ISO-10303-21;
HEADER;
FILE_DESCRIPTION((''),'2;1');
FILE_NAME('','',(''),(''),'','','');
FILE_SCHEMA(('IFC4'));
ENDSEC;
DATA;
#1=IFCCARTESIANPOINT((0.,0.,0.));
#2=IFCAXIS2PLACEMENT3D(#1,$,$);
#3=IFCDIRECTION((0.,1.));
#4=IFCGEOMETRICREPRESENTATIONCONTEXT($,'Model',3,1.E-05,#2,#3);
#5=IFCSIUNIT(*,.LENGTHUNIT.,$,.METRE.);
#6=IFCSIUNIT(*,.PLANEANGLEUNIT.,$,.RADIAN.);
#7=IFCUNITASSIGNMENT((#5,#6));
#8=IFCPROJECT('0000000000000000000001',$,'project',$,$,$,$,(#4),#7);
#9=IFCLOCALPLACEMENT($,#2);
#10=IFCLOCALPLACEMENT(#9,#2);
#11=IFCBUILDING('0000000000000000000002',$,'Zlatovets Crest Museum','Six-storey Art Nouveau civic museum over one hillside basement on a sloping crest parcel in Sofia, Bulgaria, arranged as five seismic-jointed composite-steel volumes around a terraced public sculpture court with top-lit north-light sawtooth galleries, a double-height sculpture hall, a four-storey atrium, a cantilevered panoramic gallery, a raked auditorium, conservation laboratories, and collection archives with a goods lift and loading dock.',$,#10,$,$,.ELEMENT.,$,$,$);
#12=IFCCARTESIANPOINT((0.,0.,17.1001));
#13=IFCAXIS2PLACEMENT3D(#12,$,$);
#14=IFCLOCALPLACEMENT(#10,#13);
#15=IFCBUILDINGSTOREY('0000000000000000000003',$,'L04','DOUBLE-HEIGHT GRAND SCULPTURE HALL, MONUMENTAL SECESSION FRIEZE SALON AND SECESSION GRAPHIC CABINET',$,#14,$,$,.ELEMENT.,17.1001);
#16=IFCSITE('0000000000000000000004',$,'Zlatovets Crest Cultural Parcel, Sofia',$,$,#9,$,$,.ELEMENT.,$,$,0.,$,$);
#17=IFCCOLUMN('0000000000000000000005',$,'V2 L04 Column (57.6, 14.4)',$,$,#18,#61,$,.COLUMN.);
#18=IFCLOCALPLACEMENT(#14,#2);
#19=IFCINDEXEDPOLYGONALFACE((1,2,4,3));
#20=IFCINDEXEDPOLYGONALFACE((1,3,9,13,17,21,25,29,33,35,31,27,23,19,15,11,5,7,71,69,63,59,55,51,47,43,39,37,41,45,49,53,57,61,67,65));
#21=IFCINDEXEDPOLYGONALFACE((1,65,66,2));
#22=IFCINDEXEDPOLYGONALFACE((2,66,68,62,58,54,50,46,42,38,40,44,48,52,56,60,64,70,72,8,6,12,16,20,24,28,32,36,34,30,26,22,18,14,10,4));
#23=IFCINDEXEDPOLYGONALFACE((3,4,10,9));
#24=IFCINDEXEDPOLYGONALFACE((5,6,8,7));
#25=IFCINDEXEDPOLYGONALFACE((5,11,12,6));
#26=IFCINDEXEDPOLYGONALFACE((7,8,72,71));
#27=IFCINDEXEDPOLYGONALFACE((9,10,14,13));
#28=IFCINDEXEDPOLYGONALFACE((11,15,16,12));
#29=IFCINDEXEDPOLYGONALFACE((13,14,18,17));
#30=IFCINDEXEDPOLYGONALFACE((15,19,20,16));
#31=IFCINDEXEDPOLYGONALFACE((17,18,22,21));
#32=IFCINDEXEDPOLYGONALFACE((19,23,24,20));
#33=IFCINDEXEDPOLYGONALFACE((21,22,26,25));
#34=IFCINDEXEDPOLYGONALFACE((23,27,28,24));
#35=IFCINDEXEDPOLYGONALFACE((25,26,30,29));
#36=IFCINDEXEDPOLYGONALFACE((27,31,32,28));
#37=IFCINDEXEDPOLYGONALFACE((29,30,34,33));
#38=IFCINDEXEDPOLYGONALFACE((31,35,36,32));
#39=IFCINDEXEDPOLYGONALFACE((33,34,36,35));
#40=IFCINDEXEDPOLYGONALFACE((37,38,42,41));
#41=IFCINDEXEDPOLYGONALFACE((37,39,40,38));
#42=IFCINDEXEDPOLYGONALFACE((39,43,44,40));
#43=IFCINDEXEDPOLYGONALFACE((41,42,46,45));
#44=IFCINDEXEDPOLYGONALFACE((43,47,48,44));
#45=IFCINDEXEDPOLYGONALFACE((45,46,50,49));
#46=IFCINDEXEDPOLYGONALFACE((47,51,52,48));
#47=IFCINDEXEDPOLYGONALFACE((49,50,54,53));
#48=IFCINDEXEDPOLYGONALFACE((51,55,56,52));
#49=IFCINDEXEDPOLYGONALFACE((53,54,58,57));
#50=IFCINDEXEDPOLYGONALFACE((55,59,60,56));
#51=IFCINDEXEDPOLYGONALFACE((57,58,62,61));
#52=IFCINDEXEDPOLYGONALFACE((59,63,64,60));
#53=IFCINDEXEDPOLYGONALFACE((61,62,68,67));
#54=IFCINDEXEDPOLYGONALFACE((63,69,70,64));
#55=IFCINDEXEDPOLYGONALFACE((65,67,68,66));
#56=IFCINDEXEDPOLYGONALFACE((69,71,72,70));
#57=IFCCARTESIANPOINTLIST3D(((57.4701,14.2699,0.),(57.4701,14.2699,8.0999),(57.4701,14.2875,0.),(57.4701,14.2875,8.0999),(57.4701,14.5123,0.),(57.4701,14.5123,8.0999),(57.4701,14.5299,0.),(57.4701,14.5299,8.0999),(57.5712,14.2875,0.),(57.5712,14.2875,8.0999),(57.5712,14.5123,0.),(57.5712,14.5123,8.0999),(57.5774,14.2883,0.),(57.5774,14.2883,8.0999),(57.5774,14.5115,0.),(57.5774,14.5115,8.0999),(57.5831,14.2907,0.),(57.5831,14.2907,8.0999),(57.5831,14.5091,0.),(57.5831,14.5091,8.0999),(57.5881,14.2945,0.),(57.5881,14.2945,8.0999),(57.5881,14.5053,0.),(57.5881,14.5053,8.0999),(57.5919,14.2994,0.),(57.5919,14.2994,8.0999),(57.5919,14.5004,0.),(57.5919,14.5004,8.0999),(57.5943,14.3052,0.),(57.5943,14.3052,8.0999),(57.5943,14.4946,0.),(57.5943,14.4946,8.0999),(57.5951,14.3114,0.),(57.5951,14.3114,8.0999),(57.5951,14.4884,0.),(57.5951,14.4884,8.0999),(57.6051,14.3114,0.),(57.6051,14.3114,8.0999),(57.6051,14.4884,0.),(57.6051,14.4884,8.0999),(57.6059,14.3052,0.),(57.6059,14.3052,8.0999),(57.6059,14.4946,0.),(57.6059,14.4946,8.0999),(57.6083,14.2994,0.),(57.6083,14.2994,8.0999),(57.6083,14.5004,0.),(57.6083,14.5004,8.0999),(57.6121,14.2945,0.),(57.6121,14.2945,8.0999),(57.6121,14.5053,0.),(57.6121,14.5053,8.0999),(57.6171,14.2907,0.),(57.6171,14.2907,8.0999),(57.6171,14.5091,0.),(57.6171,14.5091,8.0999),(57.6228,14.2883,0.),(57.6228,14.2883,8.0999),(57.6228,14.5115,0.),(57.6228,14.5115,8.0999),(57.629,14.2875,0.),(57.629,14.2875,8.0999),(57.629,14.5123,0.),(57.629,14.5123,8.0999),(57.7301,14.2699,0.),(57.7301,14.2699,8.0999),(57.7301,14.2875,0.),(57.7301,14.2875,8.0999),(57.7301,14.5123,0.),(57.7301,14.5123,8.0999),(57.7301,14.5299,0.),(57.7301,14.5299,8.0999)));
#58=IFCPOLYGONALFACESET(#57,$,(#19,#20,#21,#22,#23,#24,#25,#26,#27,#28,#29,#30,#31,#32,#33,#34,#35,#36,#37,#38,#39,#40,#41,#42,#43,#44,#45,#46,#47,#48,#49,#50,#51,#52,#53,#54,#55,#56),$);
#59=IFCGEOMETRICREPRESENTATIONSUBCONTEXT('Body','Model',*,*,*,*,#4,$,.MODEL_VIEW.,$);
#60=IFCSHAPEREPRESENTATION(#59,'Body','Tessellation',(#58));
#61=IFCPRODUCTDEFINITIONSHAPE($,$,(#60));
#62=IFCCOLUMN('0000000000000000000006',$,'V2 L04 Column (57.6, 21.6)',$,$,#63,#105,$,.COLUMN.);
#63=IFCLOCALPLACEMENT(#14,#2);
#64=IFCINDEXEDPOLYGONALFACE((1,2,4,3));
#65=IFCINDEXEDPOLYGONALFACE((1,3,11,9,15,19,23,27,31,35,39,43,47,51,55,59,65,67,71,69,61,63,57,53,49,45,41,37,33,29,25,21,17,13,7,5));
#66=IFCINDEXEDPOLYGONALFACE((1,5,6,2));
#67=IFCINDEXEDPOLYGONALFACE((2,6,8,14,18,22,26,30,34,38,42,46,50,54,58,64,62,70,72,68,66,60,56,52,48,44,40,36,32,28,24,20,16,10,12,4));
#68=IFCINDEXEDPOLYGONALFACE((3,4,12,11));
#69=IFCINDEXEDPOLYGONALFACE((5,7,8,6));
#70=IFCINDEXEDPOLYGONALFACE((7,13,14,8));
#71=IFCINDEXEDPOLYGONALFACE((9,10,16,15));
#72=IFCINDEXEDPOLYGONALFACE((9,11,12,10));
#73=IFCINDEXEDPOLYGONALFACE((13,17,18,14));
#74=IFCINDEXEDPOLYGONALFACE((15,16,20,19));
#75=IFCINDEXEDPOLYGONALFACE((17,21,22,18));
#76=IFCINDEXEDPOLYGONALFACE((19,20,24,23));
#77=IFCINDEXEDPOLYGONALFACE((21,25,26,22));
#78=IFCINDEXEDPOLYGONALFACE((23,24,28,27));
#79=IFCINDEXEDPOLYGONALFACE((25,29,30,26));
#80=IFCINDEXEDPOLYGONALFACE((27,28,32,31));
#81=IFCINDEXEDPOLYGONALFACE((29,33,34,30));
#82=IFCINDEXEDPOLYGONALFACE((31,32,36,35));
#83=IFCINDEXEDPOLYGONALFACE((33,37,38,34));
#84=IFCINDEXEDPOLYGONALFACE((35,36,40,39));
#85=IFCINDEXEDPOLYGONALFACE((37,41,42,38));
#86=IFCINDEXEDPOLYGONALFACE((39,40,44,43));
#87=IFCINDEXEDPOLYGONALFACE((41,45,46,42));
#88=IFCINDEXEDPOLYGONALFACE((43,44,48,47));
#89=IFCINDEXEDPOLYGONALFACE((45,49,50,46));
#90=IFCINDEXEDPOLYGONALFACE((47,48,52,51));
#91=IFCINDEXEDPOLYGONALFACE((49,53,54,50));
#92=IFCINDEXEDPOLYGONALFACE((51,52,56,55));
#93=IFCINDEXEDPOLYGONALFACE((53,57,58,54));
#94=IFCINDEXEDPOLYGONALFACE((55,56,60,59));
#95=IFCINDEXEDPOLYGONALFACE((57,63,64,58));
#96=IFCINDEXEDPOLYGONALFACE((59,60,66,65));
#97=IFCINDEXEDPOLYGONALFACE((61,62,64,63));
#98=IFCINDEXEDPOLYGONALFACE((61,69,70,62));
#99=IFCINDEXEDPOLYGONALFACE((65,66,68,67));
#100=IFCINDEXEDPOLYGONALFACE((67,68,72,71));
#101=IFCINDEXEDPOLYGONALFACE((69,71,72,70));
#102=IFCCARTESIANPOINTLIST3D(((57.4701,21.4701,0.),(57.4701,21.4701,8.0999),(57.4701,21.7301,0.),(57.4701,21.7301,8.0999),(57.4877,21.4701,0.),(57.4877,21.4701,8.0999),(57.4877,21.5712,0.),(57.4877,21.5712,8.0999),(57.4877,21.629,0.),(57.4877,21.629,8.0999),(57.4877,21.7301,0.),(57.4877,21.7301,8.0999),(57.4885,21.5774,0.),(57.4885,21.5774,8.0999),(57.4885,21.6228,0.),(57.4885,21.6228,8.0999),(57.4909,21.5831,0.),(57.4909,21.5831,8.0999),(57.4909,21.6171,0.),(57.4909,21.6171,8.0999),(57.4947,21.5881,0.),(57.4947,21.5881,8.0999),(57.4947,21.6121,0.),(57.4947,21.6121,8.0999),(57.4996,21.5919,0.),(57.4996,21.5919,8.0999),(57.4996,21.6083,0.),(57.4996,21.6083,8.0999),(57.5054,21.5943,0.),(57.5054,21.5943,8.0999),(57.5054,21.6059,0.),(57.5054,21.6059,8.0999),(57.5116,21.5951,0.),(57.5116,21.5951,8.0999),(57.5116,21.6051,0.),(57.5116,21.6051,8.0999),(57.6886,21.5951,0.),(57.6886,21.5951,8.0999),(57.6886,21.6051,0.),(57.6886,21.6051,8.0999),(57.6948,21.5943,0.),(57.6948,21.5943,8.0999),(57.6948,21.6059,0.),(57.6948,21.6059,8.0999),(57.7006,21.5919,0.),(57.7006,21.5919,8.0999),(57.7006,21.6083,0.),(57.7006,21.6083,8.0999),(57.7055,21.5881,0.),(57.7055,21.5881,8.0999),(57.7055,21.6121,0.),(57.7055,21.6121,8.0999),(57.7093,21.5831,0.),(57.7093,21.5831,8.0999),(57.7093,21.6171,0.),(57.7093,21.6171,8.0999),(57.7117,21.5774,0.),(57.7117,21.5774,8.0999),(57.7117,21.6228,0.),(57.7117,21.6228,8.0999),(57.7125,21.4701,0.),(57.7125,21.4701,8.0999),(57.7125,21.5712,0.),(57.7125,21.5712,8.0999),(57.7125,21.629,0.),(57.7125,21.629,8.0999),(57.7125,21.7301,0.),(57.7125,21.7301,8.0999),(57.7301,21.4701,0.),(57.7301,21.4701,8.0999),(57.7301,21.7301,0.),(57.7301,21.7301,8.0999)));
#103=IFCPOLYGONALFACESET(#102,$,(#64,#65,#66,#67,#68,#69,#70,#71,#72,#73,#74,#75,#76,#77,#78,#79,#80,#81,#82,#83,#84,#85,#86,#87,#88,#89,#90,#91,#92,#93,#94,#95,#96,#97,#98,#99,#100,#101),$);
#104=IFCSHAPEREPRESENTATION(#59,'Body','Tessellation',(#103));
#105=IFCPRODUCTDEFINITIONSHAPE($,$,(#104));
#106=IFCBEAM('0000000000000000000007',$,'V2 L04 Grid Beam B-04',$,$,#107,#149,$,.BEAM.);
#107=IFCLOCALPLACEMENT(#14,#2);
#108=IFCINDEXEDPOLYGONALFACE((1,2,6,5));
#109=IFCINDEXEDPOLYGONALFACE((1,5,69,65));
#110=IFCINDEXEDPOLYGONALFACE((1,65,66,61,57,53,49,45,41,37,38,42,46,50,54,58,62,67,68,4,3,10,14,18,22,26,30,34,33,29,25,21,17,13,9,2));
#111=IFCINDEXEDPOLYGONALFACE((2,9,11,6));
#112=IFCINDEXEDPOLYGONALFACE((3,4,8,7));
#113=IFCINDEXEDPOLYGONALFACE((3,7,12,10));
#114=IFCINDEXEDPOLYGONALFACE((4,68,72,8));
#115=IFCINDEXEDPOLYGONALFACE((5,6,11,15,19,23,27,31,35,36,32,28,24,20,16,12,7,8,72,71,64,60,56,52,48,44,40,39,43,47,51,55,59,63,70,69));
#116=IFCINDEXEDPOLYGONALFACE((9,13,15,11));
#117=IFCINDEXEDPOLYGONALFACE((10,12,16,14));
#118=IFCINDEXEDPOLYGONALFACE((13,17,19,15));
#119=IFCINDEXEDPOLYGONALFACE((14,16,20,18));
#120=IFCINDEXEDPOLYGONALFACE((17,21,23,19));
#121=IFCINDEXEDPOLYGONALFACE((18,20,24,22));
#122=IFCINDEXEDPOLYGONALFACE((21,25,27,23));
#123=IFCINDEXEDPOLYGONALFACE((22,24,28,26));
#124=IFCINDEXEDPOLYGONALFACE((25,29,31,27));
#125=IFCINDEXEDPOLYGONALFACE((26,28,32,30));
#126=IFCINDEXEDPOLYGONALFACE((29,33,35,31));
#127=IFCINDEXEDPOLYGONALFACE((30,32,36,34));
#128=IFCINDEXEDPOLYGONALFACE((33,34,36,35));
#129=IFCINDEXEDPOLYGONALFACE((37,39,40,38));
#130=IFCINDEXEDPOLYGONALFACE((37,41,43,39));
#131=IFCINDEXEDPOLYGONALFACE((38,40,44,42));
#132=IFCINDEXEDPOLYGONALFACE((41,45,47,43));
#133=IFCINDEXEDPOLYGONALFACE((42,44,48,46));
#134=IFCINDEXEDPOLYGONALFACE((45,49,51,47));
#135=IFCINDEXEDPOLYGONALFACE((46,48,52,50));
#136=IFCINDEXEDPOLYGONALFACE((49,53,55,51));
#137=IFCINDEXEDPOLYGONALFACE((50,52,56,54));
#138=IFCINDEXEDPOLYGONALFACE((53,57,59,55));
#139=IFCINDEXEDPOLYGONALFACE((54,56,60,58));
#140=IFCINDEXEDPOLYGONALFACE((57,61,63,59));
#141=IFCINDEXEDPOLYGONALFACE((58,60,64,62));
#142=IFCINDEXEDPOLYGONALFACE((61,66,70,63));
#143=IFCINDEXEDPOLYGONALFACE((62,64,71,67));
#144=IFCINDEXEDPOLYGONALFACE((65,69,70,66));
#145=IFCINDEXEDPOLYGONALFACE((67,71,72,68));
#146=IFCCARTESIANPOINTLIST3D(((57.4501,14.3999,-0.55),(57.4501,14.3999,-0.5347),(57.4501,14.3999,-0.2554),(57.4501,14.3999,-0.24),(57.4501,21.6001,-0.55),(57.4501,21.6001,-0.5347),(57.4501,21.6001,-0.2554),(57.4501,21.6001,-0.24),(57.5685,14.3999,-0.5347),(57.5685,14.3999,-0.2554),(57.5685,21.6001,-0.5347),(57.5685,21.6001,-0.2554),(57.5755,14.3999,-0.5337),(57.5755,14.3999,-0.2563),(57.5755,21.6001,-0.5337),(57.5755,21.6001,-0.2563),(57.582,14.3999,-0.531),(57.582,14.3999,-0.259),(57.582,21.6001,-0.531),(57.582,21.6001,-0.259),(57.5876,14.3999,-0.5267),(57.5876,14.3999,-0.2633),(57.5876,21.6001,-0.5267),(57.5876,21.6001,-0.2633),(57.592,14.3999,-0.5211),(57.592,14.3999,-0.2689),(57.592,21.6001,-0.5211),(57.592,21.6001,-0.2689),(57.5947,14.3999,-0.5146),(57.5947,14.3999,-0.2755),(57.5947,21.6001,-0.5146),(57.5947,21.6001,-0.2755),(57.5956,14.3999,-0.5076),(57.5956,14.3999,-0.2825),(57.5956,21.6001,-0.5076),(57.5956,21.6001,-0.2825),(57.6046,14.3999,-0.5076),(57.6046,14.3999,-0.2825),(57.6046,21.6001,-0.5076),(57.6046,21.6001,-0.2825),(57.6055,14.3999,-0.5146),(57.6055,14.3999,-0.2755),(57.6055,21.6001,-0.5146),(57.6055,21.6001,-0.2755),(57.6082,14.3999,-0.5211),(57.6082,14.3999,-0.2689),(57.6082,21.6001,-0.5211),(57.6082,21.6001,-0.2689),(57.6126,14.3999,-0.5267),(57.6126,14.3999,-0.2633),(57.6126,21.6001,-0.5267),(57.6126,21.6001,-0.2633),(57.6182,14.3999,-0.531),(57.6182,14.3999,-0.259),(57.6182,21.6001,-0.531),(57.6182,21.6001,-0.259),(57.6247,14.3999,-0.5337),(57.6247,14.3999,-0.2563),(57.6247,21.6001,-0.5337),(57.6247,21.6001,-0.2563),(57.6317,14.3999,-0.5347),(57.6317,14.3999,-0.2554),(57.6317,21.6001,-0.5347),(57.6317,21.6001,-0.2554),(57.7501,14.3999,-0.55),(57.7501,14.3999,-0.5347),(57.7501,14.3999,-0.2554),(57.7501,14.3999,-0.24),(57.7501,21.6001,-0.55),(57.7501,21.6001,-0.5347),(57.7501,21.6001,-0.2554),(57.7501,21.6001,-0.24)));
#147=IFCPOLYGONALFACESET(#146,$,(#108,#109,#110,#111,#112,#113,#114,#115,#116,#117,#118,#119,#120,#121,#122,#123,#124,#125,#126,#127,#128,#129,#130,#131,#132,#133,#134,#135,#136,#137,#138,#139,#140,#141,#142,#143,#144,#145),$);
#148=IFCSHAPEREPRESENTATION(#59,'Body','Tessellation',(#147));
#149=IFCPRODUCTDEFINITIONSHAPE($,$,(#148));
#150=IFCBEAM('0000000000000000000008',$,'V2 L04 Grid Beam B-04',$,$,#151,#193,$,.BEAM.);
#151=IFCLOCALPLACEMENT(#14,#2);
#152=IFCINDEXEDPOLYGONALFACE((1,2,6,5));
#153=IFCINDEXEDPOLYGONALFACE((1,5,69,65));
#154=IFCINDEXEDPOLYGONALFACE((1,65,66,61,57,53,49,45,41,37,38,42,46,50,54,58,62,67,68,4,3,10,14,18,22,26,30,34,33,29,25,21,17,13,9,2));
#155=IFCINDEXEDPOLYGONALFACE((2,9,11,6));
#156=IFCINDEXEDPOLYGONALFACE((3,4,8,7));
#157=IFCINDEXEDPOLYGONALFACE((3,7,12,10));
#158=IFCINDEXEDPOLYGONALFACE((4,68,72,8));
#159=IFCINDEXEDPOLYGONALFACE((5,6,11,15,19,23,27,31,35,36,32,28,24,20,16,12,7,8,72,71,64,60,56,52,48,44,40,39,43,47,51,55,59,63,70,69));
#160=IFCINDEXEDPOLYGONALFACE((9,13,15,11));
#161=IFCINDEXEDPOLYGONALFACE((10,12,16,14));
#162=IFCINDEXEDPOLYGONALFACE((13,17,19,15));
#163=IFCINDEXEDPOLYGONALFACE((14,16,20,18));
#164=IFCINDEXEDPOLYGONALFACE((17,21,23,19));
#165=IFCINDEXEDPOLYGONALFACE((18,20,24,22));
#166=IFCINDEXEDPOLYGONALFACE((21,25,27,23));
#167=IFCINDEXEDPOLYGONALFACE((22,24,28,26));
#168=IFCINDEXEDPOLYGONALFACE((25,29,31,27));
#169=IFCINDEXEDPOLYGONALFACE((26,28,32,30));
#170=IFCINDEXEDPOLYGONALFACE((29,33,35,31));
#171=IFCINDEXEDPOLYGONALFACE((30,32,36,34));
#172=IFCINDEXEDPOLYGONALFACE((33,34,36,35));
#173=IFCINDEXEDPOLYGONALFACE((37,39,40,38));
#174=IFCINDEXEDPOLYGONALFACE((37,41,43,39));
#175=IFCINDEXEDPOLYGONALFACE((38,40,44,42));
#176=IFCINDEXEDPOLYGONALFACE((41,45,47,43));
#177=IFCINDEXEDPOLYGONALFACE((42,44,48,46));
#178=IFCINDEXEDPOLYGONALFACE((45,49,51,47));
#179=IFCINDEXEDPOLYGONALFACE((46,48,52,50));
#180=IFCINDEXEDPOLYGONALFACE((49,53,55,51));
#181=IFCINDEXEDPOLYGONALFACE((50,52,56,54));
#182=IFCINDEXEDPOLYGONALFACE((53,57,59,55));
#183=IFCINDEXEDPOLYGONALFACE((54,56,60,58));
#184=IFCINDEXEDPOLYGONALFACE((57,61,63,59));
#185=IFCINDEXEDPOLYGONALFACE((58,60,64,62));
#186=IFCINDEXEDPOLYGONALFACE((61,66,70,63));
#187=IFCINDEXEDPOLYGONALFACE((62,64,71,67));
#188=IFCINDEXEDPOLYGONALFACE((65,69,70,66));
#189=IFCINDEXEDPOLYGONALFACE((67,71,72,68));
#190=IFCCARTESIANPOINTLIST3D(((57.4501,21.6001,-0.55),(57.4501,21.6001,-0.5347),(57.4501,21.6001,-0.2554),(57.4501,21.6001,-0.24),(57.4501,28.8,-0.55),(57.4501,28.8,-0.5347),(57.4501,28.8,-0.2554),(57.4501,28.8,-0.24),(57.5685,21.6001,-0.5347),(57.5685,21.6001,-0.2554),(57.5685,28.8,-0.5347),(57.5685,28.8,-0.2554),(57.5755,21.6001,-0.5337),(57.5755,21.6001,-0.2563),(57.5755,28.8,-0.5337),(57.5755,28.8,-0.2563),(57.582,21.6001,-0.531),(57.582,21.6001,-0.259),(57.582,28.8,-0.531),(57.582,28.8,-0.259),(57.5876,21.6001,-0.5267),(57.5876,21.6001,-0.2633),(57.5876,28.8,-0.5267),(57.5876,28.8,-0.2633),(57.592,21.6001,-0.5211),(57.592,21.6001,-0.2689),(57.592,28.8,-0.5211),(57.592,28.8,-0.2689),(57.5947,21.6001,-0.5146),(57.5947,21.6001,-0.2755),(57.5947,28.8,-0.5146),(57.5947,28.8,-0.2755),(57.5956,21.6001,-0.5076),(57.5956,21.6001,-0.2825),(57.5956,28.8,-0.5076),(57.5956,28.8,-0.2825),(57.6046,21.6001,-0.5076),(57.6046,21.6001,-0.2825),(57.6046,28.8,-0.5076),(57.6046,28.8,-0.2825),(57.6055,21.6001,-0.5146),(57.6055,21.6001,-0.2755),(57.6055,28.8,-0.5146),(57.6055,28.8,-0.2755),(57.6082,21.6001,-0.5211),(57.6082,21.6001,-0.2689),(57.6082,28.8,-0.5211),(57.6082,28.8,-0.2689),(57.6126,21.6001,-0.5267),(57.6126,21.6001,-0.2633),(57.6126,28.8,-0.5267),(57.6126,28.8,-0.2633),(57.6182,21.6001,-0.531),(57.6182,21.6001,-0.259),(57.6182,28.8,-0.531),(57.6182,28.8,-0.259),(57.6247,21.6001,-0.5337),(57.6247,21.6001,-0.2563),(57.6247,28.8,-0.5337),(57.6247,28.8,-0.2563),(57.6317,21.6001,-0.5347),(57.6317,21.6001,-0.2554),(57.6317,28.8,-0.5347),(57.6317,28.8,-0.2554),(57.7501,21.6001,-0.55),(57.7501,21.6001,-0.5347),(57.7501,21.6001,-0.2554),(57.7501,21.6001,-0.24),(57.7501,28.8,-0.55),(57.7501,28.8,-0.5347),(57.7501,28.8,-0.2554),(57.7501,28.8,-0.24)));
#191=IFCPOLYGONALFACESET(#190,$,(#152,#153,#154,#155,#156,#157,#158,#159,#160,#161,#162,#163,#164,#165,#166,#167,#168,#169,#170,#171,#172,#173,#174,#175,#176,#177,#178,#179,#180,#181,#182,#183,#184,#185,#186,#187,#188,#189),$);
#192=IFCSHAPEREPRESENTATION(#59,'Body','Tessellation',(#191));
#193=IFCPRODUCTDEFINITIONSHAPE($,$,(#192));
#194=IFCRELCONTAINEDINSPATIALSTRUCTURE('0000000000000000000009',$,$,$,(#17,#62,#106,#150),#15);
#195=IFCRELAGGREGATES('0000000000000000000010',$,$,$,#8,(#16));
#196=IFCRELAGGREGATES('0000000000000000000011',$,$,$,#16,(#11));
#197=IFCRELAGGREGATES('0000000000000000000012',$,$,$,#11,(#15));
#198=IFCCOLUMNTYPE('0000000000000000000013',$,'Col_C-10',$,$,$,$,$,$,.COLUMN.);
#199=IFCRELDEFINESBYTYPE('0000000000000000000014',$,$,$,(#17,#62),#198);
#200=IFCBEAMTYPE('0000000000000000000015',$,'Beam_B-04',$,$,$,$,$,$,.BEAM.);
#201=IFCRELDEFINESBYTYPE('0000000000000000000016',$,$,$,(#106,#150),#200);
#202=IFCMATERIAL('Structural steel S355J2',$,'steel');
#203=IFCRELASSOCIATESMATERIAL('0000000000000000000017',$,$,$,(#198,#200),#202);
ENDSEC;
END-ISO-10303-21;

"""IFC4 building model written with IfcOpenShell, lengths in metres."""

from ifc_helpers import new_model, si_unit, direction, frame, origin, origin_2d, place, context, subcontext, project, spatial, i_section, extrude, material, material_profile, profile_set, type_object, element, save


model = new_model("IFC4")

# Units and contexts
model_context = context("Model", 3, precision=1e-05, world=origin(), true_north=direction((0.0, 1.0)))
body_context = subcontext(model_context, "Body", "Model", "MODEL_VIEW")
ifc_project = project(units=[si_unit("LENGTHUNIT", "METRE"), si_unit("PLANEANGLEUNIT", "RADIAN")], contexts=[model_context])

# Site, building, storey
site_placement = place(None, origin())
site = spatial("IfcSite", under=ifc_project, at=site_placement, Name="Zlatovets Crest Cultural Parcel, Sofia", CompositionType="ELEMENT", RefElevation=0.0)
building_placement = place(site_placement, origin())
building = spatial("IfcBuilding", under=site, at=building_placement, Name="Zlatovets Crest Museum", Description="Six-storey Art Nouveau civic museum over one hillside basement on a sloping crest parcel in Sofia, Bulgaria, arranged as five seismic-jointed composite-steel volumes around a terraced public sculpture court with top-lit north-light sawtooth galleries, a double-height sculpture hall, a four-storey atrium, a cantilevered panoramic gallery, a raked auditorium, conservation laboratories, and collection archives with a goods lift and loading dock.", CompositionType="ELEMENT")
storey_placement = place(building_placement, frame((0.0, 0.0, 17.1001)))
storey = spatial("IfcBuildingStorey", under=building, at=storey_placement, Name="L04", Description="DOUBLE-HEIGHT GRAND SCULPTURE HALL, MONUMENTAL SECESSION FRIEZE SALON AND SECESSION GRAPHIC CABINET", CompositionType="ELEMENT", Elevation=17.1001)

# Columns
ifc_material_1 = material(Name="Structural steel S355J2", Category="steel")
ifc_material_profile_1 = material_profile(ifc_material_1, i_section(OverallWidth=0.26, OverallDepth=0.26, WebThickness=0.01, FlangeThickness=0.0176, FilletRadius=0.0239, at=origin_2d()), Name="HEB 260")
ifc_profile_set_1 = profile_set([ifc_material_profile_1], Name="Structural steel S355J2")
column_type = type_object("IfcColumnType", Name="Col_C-10", PredefinedType="COLUMN", material=ifc_profile_set_1)
for number, where, z_axis, x_axis, name in (
    (1, (57.6001, 14.3999, 0.0), (0.0, 0.0, 1.0), (1.0, 0.0, 0.0), "V2 L04 Column (57.6, 14.4)"),
    (2, (57.6001, 21.6001, 0.0), (0.0, 0.0, 1.0), (0.0, 1.0, 0.0), "V2 L04 Column (57.6, 21.6)"),
):
    element("IfcColumn", number, at=place(storey_placement, frame(where, z_axis=z_axis, x_axis=x_axis)), inside=storey, type_object=column_type, Name=name, PredefinedType="COLUMN", context=body_context, shape_type="SweptSolid", body=[
        extrude(i_section(OverallWidth=0.26, OverallDepth=0.26, WebThickness=0.01, FlangeThickness=0.0176, FilletRadius=0.0239, at=origin_2d()), origin(), (0.0, 0.0, 1.0), 8.0999),
    ])

# Beams
ifc_material_profile_2 = material_profile(ifc_material_1, i_section(OverallWidth=0.3, OverallDepth=0.3101, WebThickness=0.009, FlangeThickness=0.0154, FilletRadius=0.0271, at=origin_2d()), Name="HEA 320")
ifc_profile_set_2 = profile_set([ifc_material_profile_2], Name="Structural steel S355J2")
beam_type_1 = type_object("IfcBeamType", Name="Beam_B-04", PredefinedType="BEAM", material=ifc_profile_set_2)
beam_1_placement = place(storey_placement, frame((57.6001, 14.3999, -0.395), z_axis=(0.0, 1.0, 0.0), x_axis=(-1.0, 0.0, 0.0)))
element("IfcBeam", 3, at=beam_1_placement, inside=storey, type_object=beam_type_1, Name="V2 L04 Grid Beam B-04", PredefinedType="BEAM", context=body_context, shape_type="SweptSolid", body=[
    extrude(i_section(OverallWidth=0.3, OverallDepth=0.3101, WebThickness=0.009, FlangeThickness=0.0154, FilletRadius=0.0271, at=origin_2d()), origin(), (0.0, 0.0, 1.0), 7.2002),
])
beam_2_placement = place(storey_placement, frame((57.6001, 21.6001, -0.395), z_axis=(0.0, 1.0, 0.0), x_axis=(-1.0, 0.0, 0.0)))
element("IfcBeam", 4, at=beam_2_placement, inside=storey, type_object=beam_type_1, Name="V2 L04 Grid Beam B-04", PredefinedType="BEAM", context=body_context, shape_type="SweptSolid", body=[
    extrude(i_section(OverallWidth=0.3, OverallDepth=0.3101, WebThickness=0.009, FlangeThickness=0.0154, FilletRadius=0.0271, at=origin_2d()), origin(), (0.0, 0.0, 1.0), 7.2),
])

save(model, "model.ifc")
